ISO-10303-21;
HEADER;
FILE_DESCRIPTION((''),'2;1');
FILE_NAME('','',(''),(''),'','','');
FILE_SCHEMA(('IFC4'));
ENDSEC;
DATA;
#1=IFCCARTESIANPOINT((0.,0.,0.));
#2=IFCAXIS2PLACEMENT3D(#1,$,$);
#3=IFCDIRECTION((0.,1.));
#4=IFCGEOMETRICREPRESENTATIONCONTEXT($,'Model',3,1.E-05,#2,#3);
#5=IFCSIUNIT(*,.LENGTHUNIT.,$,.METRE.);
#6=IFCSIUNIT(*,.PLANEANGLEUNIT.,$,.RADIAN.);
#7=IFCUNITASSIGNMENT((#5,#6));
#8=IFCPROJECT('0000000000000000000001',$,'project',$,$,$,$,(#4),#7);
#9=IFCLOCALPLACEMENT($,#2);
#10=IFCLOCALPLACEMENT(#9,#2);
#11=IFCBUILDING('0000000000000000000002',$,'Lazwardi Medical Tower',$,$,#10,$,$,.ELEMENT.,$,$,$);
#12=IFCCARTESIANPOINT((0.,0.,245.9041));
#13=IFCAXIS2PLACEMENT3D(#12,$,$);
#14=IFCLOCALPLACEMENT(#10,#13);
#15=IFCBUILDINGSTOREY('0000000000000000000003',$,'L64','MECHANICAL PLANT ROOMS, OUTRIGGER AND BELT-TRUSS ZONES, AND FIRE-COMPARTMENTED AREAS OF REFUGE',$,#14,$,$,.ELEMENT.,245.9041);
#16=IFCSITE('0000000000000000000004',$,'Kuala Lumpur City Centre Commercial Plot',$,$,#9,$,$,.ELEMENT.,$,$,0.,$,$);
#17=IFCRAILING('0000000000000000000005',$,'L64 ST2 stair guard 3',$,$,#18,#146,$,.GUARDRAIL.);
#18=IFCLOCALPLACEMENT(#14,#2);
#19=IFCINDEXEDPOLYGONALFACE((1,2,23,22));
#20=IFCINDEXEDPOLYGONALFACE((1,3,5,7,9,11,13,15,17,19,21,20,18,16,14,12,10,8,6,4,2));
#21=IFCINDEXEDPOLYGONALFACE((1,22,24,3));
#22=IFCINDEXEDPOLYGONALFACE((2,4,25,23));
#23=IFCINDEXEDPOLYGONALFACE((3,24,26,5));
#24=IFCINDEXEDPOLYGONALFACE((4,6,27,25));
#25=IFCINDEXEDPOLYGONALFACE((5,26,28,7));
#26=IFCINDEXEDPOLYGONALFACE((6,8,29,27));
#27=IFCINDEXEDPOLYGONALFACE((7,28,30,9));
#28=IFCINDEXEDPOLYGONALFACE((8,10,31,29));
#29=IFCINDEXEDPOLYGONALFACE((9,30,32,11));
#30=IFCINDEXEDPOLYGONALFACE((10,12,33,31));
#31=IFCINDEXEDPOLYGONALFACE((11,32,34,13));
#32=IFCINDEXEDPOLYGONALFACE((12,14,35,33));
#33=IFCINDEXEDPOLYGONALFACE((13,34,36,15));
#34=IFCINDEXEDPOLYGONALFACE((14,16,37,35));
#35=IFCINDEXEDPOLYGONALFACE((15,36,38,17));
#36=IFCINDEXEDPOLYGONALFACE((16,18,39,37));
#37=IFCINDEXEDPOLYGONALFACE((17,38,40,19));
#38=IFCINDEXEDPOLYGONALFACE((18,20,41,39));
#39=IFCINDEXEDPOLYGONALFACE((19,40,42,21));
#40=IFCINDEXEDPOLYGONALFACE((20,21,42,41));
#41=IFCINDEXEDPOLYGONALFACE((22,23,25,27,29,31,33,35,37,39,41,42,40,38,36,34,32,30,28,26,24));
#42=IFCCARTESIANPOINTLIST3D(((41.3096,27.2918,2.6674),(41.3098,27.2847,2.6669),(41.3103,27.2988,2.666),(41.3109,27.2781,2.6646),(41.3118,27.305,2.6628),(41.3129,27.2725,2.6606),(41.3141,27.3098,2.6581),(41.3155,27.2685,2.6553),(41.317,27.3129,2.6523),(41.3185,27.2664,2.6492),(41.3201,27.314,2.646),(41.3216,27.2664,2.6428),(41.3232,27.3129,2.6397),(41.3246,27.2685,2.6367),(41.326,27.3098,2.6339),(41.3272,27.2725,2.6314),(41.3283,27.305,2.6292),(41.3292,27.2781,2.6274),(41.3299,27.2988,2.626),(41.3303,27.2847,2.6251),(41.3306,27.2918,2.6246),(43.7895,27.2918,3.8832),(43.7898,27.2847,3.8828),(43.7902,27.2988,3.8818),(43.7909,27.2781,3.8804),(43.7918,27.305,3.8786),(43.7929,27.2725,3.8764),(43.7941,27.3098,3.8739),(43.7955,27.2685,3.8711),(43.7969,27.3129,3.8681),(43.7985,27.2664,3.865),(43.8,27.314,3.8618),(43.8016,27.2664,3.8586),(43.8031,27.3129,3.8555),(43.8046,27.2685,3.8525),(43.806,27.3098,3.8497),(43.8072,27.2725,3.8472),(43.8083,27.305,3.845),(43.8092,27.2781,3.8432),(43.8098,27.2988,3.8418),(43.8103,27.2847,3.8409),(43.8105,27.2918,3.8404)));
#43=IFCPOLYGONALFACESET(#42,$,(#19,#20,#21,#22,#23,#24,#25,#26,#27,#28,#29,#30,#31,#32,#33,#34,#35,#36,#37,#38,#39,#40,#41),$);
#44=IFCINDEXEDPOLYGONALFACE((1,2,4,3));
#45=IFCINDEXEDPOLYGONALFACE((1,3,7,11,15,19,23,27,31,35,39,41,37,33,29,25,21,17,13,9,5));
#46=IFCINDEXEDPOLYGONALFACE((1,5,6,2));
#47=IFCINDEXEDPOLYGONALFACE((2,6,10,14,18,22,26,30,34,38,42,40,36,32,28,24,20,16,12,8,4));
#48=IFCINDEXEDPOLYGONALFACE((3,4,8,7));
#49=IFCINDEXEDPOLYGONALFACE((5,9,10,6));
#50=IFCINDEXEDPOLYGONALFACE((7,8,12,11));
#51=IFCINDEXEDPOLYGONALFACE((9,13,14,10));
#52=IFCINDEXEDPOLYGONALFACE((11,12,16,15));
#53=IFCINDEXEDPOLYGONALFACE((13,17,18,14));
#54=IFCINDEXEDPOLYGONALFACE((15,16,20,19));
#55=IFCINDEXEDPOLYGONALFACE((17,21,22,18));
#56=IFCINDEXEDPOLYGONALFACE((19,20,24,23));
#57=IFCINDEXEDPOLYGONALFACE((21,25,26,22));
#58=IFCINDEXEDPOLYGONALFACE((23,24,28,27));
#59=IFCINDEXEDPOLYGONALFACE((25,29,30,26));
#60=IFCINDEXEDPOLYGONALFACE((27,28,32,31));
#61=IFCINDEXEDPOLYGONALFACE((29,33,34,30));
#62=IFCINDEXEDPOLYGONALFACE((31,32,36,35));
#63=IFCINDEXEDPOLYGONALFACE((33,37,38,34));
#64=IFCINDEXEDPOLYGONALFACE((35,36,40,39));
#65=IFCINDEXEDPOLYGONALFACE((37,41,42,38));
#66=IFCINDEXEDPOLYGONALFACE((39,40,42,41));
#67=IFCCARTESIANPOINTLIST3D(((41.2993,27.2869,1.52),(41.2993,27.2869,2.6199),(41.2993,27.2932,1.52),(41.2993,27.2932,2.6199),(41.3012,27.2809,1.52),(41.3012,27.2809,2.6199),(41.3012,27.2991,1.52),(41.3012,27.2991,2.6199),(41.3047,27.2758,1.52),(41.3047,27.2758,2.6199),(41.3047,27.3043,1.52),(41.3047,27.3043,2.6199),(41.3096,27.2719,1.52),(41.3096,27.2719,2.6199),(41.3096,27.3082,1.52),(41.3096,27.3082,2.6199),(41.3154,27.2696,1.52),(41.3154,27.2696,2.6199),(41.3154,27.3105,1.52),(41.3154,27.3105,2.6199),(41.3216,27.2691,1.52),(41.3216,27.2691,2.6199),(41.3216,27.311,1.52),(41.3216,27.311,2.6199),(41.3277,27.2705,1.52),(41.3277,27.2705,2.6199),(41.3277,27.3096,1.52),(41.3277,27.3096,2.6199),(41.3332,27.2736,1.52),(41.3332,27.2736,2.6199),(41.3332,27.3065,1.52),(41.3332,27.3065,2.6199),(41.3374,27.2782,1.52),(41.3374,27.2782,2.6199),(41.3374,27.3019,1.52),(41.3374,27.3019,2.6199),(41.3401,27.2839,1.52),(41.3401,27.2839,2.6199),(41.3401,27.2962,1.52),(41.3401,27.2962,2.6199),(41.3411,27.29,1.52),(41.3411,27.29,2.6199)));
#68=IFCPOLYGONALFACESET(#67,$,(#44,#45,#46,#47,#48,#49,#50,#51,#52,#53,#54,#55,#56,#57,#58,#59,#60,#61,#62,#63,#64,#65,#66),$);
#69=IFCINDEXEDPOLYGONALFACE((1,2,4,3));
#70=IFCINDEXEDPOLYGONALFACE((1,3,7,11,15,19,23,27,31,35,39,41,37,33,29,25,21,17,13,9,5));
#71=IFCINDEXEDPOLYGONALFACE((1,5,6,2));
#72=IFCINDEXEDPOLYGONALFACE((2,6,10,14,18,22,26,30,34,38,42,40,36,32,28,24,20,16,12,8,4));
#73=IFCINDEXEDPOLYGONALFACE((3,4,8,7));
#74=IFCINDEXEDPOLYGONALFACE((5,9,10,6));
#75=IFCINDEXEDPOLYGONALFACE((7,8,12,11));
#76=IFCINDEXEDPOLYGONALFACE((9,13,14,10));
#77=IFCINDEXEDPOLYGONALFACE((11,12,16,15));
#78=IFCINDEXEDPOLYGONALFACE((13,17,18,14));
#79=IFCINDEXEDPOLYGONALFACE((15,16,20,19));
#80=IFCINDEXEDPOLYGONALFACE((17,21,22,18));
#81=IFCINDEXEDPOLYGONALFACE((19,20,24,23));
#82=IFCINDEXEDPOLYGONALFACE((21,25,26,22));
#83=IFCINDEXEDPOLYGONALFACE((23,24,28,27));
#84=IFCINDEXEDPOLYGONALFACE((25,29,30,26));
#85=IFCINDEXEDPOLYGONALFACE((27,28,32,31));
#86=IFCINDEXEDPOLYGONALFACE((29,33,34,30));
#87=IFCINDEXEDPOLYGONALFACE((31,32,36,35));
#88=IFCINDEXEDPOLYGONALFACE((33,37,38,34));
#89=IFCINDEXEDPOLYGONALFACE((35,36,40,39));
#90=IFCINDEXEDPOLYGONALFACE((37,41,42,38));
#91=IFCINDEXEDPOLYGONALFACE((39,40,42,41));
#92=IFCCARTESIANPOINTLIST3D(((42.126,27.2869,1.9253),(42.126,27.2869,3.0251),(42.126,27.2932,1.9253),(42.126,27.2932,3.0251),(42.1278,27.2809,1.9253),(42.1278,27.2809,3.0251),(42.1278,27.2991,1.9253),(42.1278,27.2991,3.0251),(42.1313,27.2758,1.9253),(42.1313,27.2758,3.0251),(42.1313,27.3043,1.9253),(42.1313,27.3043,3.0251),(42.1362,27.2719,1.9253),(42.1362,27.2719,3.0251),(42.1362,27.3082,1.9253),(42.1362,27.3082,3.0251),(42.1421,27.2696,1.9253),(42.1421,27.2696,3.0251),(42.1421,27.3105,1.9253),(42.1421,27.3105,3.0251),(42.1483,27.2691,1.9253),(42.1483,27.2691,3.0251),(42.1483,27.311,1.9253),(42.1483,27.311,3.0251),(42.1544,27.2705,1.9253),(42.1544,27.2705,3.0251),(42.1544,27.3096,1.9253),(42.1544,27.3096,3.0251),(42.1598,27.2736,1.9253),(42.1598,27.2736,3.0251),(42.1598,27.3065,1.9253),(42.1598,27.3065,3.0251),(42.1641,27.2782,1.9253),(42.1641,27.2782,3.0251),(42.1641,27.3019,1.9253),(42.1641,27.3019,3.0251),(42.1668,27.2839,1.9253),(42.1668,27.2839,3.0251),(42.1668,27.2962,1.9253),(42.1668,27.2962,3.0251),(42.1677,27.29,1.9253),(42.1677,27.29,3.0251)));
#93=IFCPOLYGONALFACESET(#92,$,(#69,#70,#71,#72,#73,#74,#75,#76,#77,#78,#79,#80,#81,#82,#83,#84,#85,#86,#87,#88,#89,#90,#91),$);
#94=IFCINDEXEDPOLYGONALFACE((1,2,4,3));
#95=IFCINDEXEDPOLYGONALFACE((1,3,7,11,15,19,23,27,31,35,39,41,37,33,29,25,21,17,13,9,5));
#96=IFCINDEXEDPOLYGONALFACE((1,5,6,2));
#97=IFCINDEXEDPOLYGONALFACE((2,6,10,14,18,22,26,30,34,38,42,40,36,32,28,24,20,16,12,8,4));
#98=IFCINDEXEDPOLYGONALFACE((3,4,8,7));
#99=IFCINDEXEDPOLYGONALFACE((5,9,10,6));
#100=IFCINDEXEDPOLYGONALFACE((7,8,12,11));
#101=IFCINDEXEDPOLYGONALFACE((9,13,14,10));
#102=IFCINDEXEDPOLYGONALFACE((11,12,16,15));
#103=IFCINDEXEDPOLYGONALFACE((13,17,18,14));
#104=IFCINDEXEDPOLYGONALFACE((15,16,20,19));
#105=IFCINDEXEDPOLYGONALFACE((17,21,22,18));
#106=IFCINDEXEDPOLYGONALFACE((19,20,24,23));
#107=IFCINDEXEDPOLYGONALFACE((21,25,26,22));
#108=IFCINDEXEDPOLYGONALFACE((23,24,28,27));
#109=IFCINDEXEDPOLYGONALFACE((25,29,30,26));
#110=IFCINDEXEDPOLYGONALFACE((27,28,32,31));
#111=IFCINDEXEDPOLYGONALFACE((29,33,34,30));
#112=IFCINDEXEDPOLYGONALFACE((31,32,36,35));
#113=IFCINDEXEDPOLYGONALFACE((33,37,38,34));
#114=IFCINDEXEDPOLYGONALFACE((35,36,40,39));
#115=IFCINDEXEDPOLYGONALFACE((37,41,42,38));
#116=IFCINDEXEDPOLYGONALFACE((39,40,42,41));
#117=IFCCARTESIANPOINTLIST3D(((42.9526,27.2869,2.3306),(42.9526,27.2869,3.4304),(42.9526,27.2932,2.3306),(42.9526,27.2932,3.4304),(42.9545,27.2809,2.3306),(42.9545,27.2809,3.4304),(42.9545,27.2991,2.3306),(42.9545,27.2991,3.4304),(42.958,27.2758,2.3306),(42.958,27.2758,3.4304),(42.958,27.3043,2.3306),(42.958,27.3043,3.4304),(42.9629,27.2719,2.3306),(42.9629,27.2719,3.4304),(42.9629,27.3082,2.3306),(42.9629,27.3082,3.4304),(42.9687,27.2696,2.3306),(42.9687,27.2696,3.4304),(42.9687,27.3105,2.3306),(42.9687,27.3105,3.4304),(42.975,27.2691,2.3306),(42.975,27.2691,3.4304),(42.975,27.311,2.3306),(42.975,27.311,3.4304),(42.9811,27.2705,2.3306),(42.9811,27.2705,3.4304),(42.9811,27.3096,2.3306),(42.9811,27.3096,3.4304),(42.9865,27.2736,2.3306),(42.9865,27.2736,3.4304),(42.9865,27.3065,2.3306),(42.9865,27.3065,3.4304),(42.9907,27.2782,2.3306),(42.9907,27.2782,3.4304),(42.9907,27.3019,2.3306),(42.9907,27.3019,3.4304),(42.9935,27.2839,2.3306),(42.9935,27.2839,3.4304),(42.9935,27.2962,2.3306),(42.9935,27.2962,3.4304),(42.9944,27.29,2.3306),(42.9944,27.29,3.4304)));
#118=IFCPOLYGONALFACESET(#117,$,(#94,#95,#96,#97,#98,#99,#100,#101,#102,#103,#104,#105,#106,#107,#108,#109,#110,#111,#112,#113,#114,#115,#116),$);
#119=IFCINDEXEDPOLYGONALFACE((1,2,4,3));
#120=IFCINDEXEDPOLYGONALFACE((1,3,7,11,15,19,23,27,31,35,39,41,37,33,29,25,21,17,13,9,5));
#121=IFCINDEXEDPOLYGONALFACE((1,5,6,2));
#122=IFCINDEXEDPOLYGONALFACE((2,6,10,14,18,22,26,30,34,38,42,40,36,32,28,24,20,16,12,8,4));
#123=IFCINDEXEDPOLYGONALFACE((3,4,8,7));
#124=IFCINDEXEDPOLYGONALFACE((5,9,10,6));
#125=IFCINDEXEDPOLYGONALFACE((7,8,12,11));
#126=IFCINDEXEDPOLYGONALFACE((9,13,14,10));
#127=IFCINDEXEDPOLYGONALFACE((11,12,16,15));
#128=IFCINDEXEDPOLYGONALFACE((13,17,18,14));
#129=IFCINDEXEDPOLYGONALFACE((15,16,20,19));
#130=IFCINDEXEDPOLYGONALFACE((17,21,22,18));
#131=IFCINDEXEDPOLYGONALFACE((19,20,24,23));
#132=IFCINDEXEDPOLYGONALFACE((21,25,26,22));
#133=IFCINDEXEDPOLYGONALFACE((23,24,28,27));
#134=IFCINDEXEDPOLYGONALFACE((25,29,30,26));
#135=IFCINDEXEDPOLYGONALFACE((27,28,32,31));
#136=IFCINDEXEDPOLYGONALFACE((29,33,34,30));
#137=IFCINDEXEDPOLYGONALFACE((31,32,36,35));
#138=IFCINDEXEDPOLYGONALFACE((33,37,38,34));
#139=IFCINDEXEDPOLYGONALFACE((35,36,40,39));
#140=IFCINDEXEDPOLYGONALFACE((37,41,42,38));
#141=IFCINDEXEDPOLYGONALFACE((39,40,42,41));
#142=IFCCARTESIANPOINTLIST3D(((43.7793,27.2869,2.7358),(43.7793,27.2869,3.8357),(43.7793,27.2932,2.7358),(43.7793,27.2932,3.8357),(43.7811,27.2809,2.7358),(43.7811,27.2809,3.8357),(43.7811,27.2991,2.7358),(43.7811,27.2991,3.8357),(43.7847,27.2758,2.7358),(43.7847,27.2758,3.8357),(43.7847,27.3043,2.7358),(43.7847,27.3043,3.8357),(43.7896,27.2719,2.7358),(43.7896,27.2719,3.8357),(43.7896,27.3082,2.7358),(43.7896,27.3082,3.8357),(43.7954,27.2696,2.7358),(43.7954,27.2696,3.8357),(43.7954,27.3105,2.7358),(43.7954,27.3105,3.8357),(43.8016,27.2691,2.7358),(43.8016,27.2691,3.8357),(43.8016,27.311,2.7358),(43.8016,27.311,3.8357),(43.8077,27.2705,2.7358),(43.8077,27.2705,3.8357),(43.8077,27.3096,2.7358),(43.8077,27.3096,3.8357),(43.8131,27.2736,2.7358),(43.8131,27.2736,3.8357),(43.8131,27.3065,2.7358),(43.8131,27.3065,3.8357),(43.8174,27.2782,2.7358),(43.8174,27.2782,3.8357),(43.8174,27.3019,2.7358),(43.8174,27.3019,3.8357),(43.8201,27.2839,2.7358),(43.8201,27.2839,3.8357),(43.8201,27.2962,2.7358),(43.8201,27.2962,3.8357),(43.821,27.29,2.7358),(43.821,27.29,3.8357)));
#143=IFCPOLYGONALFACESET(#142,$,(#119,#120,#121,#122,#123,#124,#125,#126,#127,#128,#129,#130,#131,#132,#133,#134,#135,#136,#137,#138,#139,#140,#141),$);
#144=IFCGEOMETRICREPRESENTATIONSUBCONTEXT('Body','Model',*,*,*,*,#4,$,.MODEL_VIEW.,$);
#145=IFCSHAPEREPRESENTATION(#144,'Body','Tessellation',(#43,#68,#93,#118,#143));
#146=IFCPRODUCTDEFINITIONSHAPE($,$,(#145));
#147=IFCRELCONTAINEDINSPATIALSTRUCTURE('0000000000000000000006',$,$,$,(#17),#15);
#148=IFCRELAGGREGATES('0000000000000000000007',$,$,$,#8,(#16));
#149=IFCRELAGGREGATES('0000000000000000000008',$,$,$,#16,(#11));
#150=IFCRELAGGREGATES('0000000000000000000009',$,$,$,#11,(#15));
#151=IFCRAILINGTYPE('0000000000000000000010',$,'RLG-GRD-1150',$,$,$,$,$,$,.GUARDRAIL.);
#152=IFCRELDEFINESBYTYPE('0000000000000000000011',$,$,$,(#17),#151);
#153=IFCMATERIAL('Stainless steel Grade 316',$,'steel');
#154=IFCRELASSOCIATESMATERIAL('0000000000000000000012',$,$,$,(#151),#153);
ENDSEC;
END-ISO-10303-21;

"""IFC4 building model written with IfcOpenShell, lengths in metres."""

from ifc_helpers import new_model, si_unit, direction, frame, origin, origin_2d, place, context, subcontext, project, spatial, circle, extrude, material, type_object, element, save


model = new_model("IFC4")

# Units and contexts
model_context = context("Model", 3, precision=1e-05, world=origin(), true_north=direction((0.0, 1.0)))
body_context = subcontext(model_context, "Body", "Model", "MODEL_VIEW")
ifc_project = project(units=[si_unit("LENGTHUNIT", "METRE"), si_unit("PLANEANGLEUNIT", "RADIAN")], contexts=[model_context])

# Site, building, storey
site_placement = place(None, origin())
site = spatial("IfcSite", under=ifc_project, at=site_placement, Name="Kuala Lumpur City Centre Commercial Plot", CompositionType="ELEMENT", RefElevation=0.0)
building_placement = place(site_placement, origin())
building = spatial("IfcBuilding", under=site, at=building_placement, Name="Lazwardi Medical Tower", CompositionType="ELEMENT")
storey_placement = place(building_placement, frame((0.0, 0.0, 245.9041)))
storey = spatial("IfcBuildingStorey", under=building, at=storey_placement, Name="L64", Description="MECHANICAL PLANT ROOMS, OUTRIGGER AND BELT-TRUSS ZONES, AND FIRE-COMPARTMENTED AREAS OF REFUGE", CompositionType="ELEMENT", Elevation=245.9041)

# Railing
ifc_material_1 = material(Name="Stainless steel Grade 316", Category="steel")
railing_type_1 = type_object("IfcRailingType", Name="RLG-GRD-1150", PredefinedType="GUARDRAIL", material=ifc_material_1)
railing_1_placement = place(storey_placement, frame((41.3201, 27.29, 1.52)))
element("IfcRailing", 1, at=railing_1_placement, inside=storey, type_object=railing_type_1, Name="L64 ST2 stair guard 3", PredefinedType="GUARDRAIL", context=body_context, shape_type="SweptSolid", body=[
    extrude(circle(Radius=0.0239, at=origin_2d()), frame((0.0, 0.0, 1.126), z_axis=(0.8979, 0.0, 0.440199), x_axis=(0.0, 1.0, 0.0)), (0.0, 0.0, 1.0), 2.762),
    extrude(circle(Radius=0.021, at=origin_2d()), origin(), (0.0, 0.0, 1.0), 1.0999),
    extrude(circle(Radius=0.021, at=origin_2d()), frame((0.8267, 0.0, 0.4053)), (0.0, 0.0, 1.0), 1.0999),
    extrude(circle(Radius=0.021, at=origin_2d()), frame((1.6533, 0.0, 0.8105)), (0.0, 0.0, 1.0), 1.0999),
    extrude(circle(Radius=0.021, at=origin_2d()), frame((2.48, 0.0, 1.2158)), (0.0, 0.0, 1.0), 1.0999),
])

save(model, "model.ifc")
